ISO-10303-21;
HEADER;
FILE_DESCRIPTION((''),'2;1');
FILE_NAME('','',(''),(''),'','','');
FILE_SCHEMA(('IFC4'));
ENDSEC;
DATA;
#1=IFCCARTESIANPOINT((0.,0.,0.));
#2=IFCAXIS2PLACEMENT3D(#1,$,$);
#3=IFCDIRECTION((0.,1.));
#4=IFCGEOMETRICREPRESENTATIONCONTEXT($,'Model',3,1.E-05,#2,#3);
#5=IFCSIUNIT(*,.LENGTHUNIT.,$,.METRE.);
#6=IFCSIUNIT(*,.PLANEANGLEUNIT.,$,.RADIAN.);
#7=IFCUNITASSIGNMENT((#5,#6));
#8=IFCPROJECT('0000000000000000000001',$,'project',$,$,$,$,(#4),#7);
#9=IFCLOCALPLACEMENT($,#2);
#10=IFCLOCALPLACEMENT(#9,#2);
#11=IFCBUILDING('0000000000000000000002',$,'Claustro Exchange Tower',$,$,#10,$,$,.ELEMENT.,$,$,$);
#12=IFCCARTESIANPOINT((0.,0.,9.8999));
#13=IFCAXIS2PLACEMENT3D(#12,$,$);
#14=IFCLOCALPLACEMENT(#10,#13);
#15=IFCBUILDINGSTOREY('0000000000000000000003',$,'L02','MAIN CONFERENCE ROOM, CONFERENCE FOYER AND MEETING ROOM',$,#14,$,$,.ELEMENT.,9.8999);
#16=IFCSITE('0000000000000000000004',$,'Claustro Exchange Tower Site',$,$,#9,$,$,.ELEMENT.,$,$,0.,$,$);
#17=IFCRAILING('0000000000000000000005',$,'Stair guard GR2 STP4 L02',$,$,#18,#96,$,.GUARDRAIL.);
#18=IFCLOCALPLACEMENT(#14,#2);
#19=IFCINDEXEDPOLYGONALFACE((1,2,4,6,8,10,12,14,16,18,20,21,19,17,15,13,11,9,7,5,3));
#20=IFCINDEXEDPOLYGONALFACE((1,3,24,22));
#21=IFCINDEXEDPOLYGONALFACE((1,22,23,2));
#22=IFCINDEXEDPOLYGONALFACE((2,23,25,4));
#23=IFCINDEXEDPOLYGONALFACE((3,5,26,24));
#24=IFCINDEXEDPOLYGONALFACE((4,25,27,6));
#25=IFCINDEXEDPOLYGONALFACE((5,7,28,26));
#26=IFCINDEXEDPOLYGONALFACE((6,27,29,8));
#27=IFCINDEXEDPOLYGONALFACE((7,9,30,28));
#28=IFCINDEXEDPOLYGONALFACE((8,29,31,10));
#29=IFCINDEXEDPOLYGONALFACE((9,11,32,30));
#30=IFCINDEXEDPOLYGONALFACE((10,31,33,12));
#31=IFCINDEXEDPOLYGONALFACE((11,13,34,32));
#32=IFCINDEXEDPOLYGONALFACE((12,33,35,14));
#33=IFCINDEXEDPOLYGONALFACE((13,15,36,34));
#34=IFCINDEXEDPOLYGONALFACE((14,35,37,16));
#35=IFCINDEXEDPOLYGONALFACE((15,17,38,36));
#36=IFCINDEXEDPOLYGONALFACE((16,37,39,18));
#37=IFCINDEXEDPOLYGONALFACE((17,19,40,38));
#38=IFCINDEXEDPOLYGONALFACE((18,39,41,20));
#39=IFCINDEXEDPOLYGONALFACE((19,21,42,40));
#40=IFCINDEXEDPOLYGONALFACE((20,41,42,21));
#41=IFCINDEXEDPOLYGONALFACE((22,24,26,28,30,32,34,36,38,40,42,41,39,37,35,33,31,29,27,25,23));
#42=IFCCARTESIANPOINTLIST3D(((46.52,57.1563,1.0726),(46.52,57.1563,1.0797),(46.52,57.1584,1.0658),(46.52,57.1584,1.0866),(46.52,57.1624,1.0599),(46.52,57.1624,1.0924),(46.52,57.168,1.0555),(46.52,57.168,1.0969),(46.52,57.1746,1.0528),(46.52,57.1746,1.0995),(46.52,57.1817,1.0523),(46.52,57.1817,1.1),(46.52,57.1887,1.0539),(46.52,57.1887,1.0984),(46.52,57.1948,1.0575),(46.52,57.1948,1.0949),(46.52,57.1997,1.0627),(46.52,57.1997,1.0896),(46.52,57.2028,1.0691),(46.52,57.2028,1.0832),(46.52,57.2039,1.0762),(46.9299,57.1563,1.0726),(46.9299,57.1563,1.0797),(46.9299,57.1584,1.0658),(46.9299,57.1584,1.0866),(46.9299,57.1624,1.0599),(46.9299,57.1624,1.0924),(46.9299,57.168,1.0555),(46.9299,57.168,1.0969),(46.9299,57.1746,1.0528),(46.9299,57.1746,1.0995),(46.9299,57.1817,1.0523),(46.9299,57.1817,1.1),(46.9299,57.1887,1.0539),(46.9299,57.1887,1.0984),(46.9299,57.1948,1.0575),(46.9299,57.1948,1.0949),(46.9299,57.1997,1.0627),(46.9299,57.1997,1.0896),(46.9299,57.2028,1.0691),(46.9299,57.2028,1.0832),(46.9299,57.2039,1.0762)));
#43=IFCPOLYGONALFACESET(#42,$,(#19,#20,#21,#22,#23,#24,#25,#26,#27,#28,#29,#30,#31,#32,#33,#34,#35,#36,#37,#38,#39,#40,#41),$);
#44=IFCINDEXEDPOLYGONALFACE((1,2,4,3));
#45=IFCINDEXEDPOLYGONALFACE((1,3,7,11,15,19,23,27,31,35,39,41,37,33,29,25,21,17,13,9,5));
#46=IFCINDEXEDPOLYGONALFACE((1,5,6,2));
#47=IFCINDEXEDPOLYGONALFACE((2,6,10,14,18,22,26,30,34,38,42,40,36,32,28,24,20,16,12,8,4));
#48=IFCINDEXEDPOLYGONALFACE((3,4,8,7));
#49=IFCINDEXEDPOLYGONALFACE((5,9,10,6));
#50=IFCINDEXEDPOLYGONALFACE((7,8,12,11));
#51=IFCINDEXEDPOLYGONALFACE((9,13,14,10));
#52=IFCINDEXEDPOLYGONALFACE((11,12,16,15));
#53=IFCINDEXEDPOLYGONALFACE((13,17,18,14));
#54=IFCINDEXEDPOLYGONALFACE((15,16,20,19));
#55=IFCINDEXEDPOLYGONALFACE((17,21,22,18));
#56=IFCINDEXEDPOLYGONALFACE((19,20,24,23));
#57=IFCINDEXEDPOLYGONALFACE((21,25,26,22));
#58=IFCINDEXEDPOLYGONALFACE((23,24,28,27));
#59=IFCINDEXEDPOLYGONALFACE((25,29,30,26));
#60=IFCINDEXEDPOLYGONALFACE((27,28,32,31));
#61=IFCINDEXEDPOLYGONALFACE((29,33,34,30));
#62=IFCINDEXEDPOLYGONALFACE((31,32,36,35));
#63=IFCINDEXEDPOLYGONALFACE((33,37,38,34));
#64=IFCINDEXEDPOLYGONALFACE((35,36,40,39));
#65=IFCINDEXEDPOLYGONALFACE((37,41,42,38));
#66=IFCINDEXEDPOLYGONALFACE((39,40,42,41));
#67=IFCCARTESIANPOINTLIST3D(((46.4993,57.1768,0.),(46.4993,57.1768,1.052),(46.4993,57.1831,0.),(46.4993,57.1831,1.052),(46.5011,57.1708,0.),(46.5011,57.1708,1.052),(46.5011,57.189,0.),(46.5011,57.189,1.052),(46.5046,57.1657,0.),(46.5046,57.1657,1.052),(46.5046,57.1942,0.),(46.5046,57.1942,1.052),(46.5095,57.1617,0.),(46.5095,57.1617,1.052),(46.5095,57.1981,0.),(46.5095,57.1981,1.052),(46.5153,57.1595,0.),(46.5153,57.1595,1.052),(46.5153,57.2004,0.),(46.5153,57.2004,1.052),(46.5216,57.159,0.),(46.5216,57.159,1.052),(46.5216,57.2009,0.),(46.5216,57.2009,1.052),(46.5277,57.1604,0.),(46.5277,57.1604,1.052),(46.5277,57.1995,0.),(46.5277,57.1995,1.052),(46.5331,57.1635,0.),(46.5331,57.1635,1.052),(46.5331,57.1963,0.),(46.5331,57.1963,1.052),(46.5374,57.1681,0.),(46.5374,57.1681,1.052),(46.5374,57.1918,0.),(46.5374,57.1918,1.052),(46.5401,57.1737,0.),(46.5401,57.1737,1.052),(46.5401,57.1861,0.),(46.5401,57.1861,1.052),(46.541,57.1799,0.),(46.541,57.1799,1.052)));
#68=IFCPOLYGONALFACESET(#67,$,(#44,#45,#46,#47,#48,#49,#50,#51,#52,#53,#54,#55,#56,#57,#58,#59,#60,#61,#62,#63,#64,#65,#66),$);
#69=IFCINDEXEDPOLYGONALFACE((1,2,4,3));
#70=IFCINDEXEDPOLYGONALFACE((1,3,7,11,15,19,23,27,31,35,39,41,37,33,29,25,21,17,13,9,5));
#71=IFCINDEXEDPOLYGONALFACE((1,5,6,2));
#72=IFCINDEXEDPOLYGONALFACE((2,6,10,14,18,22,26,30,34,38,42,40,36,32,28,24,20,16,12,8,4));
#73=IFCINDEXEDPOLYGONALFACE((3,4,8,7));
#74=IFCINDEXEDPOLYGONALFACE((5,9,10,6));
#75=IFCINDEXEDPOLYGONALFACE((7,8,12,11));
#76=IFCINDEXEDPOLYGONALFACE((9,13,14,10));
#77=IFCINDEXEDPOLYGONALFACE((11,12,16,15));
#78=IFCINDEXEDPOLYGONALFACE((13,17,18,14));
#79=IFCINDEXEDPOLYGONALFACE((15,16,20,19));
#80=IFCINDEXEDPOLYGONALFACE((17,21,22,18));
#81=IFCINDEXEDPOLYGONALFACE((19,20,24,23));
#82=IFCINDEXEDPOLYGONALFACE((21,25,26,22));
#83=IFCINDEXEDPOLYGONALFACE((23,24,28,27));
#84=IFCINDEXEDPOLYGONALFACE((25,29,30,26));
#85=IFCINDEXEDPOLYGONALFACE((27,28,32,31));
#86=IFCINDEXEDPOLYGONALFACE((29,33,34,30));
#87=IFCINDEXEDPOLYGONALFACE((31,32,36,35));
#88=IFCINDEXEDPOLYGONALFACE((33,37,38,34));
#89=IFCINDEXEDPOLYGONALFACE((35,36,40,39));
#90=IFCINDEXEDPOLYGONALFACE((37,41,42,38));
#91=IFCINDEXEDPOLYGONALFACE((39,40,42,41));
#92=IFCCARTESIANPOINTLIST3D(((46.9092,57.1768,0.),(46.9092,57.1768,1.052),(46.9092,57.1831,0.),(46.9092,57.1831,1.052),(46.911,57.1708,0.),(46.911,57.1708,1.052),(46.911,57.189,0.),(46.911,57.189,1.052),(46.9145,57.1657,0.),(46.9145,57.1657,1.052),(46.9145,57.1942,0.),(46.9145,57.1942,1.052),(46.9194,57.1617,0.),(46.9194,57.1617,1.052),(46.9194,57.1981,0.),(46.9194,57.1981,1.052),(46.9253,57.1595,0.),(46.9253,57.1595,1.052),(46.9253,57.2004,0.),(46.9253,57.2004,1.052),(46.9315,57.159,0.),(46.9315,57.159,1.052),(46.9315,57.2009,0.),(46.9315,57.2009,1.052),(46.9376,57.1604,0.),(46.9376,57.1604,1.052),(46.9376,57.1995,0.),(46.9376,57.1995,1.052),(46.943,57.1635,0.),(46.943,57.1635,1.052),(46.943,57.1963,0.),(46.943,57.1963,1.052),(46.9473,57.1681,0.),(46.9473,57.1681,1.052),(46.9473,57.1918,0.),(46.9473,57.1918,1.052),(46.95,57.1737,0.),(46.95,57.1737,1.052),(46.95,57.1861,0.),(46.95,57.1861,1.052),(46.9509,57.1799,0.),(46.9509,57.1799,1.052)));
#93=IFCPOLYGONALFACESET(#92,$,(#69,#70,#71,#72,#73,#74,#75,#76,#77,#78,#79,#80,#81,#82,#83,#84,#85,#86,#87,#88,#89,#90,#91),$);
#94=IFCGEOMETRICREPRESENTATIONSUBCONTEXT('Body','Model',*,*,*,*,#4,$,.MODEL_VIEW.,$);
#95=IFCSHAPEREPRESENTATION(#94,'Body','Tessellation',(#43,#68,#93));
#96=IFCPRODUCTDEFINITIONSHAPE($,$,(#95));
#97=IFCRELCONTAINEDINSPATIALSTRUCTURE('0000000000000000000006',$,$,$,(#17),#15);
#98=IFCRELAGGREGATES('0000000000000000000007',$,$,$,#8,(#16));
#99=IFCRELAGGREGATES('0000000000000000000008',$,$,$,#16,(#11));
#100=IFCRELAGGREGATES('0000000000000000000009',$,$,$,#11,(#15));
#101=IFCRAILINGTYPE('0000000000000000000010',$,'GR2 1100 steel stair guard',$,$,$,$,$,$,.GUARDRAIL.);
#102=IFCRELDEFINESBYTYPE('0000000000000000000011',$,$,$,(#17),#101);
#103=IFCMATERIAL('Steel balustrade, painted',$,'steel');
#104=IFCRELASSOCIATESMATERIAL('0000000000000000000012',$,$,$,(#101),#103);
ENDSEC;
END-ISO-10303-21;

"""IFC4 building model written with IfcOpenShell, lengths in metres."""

from ifc_helpers import new_model, si_unit, direction, frame, origin, origin_2d, place, context, subcontext, project, spatial, circle, extrude, material, type_object, element, save


model = new_model("IFC4")

# Units and contexts
model_context = context("Model", 3, precision=1e-05, world=origin(), true_north=direction((0.0, 1.0)))
body_context = subcontext(model_context, "Body", "Model", "MODEL_VIEW")
ifc_project = project(units=[si_unit("LENGTHUNIT", "METRE"), si_unit("PLANEANGLEUNIT", "RADIAN")], contexts=[model_context])

# Site, building, storey
site_placement = place(None, origin())
site = spatial("IfcSite", under=ifc_project, at=site_placement, Name="Claustro Exchange Tower Site", CompositionType="ELEMENT", RefElevation=0.0)
building_placement = place(site_placement, origin())
building = spatial("IfcBuilding", under=site, at=building_placement, Name="Claustro Exchange Tower", CompositionType="ELEMENT")
storey_placement = place(building_placement, frame((0.0, 0.0, 9.8999)))
storey = spatial("IfcBuildingStorey", under=building, at=storey_placement, Name="L02", Description="MAIN CONFERENCE ROOM, CONFERENCE FOYER AND MEETING ROOM", CompositionType="ELEMENT", Elevation=9.8999)

# Railing
ifc_material_1 = material(Name="Steel balustrade, painted", Category="steel")
railing_type_1 = type_object("IfcRailingType", Name="GR2 1100 steel stair guard", PredefinedType="GUARDRAIL", material=ifc_material_1)
railing_1_placement = place(storey_placement, frame((46.52, 57.1799, 0.0)))
element("IfcRailing", 1, at=railing_1_placement, inside=storey, type_object=railing_type_1, Name="Stair guard GR2 STP4 L02", PredefinedType="GUARDRAIL", context=body_context, shape_type="SweptSolid", body=[
    extrude(circle(Radius=0.0239, at=origin_2d()), frame((0.0, 0.0, 1.0762), z_axis=(1.0, 0.0, 0.0), x_axis=(0.0, 1.0, 0.0)), (0.0, 0.0, 1.0), 0.4099),
    extrude(circle(Radius=0.021, at=origin_2d()), origin(), (0.0, 0.0, 1.0), 1.052),
    extrude(circle(Radius=0.021, at=origin_2d()), frame((0.4099, 0.0, 0.0)), (0.0, 0.0, 1.0), 1.052),
])

save(model, "model.ifc")
